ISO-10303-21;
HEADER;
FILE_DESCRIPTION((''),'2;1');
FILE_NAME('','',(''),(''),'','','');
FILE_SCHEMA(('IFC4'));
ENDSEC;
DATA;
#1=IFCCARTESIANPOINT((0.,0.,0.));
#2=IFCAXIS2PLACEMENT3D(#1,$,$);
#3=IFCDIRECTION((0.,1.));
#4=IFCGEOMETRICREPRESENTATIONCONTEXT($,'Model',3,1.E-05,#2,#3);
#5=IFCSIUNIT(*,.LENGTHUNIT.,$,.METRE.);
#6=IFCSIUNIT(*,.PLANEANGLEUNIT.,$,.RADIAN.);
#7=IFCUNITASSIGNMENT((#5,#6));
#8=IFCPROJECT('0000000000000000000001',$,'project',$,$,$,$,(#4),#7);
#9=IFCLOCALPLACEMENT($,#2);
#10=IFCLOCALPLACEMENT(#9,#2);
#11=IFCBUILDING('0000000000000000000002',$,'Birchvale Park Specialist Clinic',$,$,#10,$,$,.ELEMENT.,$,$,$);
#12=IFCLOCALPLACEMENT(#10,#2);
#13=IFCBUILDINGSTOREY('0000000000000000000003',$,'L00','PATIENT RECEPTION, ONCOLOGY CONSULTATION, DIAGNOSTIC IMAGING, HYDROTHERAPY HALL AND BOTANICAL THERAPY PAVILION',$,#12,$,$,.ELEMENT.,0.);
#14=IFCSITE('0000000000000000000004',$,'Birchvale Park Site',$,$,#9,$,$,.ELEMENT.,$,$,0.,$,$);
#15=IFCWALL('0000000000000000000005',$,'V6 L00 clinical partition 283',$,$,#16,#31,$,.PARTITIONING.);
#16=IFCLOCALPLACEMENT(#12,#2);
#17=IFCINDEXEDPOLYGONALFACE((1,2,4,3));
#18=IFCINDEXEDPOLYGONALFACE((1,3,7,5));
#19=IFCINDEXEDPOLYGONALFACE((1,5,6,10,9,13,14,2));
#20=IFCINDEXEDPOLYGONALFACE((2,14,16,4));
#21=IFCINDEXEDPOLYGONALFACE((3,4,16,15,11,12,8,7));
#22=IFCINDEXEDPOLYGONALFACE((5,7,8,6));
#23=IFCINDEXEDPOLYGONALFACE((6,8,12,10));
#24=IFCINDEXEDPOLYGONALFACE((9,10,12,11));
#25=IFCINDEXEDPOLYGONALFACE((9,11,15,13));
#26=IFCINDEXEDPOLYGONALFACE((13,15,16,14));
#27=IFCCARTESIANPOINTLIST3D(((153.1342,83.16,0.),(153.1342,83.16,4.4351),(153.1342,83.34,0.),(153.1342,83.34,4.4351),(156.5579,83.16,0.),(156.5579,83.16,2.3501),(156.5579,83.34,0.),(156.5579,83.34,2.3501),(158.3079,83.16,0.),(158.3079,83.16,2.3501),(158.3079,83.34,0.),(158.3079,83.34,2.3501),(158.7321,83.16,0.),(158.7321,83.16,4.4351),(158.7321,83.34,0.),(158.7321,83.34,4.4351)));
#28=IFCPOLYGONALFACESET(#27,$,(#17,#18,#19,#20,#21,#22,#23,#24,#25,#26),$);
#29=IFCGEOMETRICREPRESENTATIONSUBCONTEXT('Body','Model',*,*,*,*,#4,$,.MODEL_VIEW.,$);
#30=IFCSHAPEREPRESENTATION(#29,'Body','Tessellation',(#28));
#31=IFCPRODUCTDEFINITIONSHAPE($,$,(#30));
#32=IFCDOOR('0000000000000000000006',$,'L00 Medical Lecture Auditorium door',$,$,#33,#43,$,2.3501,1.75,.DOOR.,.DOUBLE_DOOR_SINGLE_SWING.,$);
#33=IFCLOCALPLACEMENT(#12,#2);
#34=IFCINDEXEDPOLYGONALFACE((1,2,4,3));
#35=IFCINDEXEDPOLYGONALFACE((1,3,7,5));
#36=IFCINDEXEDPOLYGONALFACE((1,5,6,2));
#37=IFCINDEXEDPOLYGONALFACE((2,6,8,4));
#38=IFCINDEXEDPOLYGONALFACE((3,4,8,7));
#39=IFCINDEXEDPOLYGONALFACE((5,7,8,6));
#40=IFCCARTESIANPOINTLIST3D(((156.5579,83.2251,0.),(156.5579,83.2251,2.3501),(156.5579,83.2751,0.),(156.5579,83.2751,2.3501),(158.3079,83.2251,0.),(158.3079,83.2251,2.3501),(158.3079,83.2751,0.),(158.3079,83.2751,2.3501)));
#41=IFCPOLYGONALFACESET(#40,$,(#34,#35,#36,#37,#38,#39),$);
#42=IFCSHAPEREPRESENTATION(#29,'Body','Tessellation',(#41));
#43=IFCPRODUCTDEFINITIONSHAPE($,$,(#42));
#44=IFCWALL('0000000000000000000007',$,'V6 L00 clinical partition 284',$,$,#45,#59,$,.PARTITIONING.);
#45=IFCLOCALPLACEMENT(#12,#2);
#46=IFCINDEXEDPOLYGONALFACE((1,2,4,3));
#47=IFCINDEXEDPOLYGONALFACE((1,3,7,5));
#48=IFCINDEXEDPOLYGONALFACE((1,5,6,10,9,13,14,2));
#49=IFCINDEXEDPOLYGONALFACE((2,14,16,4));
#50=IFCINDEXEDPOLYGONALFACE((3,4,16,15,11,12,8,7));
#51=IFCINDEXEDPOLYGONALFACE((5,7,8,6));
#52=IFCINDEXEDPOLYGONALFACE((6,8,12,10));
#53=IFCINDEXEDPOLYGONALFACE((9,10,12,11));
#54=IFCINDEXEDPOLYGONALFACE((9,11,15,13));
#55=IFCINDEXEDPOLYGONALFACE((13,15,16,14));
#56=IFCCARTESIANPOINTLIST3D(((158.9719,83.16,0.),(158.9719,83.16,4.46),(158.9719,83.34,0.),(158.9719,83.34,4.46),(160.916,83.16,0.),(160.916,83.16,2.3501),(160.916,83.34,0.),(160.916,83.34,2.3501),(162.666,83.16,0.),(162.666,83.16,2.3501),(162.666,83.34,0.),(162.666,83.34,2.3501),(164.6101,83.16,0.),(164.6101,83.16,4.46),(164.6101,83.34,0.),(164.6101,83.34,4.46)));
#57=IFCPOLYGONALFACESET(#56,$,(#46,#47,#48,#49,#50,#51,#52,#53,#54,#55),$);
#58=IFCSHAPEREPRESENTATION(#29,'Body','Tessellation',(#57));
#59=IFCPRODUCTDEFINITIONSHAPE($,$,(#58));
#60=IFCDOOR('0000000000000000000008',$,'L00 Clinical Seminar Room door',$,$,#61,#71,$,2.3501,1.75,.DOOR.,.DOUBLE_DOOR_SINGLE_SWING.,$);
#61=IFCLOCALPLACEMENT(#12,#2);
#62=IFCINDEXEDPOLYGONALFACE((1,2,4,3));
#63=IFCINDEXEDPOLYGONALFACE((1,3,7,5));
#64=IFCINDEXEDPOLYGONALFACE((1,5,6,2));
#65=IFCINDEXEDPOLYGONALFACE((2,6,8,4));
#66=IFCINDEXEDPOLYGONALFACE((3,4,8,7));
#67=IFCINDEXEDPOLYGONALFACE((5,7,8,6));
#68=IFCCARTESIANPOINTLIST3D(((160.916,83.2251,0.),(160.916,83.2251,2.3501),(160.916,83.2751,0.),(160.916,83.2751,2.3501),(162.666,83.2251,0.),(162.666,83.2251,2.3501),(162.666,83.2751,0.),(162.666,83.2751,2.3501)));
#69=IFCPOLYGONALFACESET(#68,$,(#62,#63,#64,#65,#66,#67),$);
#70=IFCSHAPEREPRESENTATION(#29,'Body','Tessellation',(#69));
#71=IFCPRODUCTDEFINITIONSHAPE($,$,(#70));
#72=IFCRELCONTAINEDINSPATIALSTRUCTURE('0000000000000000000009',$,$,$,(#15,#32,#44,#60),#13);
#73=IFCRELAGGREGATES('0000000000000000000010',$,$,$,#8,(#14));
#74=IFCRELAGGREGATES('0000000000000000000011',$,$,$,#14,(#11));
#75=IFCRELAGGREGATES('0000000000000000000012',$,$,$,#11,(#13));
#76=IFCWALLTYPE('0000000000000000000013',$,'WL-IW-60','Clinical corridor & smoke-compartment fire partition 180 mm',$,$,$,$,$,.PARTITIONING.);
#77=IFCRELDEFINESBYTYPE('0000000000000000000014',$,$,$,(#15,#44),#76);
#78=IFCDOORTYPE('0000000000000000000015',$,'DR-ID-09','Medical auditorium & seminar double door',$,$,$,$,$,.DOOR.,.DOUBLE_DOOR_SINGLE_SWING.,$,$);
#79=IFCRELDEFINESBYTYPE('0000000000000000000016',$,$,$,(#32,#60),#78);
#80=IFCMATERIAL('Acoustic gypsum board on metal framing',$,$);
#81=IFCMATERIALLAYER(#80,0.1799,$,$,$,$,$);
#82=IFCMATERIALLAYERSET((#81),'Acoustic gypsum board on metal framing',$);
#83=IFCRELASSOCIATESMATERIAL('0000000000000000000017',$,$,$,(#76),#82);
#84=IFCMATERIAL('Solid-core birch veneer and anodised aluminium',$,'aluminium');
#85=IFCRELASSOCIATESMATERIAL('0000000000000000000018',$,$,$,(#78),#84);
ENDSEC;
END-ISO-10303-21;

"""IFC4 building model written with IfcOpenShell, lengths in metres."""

from ifc_helpers import new_model, si_unit, direction, frame, frame_2d, origin, place, context, subcontext, project, spatial, rectangle, extrude, material, layer, layer_set, type_object, element, fill, save


model = new_model("IFC4")

# Units and contexts
model_context = context("Model", 3, precision=1e-05, world=origin(), true_north=direction((0.0, 1.0)))
body_context = subcontext(model_context, "Body", "Model", "MODEL_VIEW")
ifc_project = project(units=[si_unit("LENGTHUNIT", "METRE"), si_unit("PLANEANGLEUNIT", "RADIAN")], contexts=[model_context])

# Site, building, storey
site_placement = place(None, origin())
site = spatial("IfcSite", under=ifc_project, at=site_placement, Name="Birchvale Park Site", CompositionType="ELEMENT", RefElevation=0.0)
building_placement = place(site_placement, origin())
building = spatial("IfcBuilding", under=site, at=building_placement, Name="Birchvale Park Specialist Clinic", CompositionType="ELEMENT")
storey_placement = place(building_placement, origin())
storey = spatial("IfcBuildingStorey", under=building, at=storey_placement, Name="L00", Description="PATIENT RECEPTION, ONCOLOGY CONSULTATION, DIAGNOSTIC IMAGING, HYDROTHERAPY HALL AND BOTANICAL THERAPY PAVILION", CompositionType="ELEMENT", Elevation=0.0)

# Shared definitions
ifc_material_1 = material(Name="Acoustic gypsum board on metal framing")

# Walls, openings, doors
ifc_layer_1 = layer(ifc_material_1, 0.1799)
ifc_layer_set_1 = layer_set([ifc_layer_1], Name="Acoustic gypsum board on metal framing")
wall_type_1 = type_object("IfcWallType", Name="WL-IW-60", Description="Clinical corridor & smoke-compartment fire partition 180 mm", PredefinedType="PARTITIONING", material=ifc_layer_set_1)
ifc_material_2 = material(Name="Solid-core birch veneer and anodised aluminium", Category="aluminium")
wall_1_placement = place(storey_placement, frame((158.7319, 83.25, 0.0), z_axis=(0.0, 0.0, 1.0), x_axis=(-1.0, 0.0, 0.0)))
wall_1 = element("IfcWall", 1, at=wall_1_placement, inside=storey, type_object=wall_type_1, Name="V6 L00 clinical partition 283", PredefinedType="PARTITIONING", context=body_context, shape_type="SweptSolid", body=[
    extrude(rectangle(XDim=5.5979, YDim=0.1799, at=frame_2d((2.7988, 0.0))), origin(), (0.0, 0.0, 1.0), 4.4351),
])
opening_1_placement = place(wall_1_placement, frame((0.4241, 0.0, 0.0)))
opening_1 = element("IfcOpeningElement", 2, at=opening_1_placement, cuts=wall_1, PredefinedType="OPENING", context=body_context, shape_type="SweptSolid", body=[
    extrude(rectangle(XDim=1.75, YDim=2.3501, at=frame_2d((0.875, 1.175))), frame((0.0, 0.1001, 0.0), z_axis=(0.0, -1.0, 0.0), x_axis=(1.0, 0.0, 0.0)), (0.0, 0.0, 1.0), 0.2),
])
door_type_1 = type_object("IfcDoorType", Name="DR-ID-09", Description="Medical auditorium & seminar double door", OperationType="DOUBLE_DOOR_SINGLE_SWING", PredefinedType="DOOR", material=ifc_material_2)
door_1_placement = place(opening_1_placement, origin())
door_1 = element("IfcDoor", 3, at=door_1_placement, inside=storey, type_object=door_type_1, Name="L00 Medical Lecture Auditorium door", OperationType="DOUBLE_DOOR_SINGLE_SWING", OverallHeight=2.3501, OverallWidth=1.75, PredefinedType="DOOR", context=body_context, shape_type="SweptSolid", body=[
    extrude(rectangle(XDim=1.75, YDim=2.3501, at=frame_2d((0.875, 1.175))), frame((0.0, 0.0249, 0.0), z_axis=(0.0, -1.0, 0.0), x_axis=(1.0, 0.0, 0.0)), (0.0, 0.0, 1.0), 0.05),
])
fill(opening_1, door_1)
wall_2_placement = place(storey_placement, frame((164.6101, 83.25, 0.0), z_axis=(0.0, 0.0, 1.0), x_axis=(-1.0, 0.0, 0.0)))
wall_2 = element("IfcWall", 4, at=wall_2_placement, inside=storey, type_object=wall_type_1, Name="V6 L00 clinical partition 284", PredefinedType="PARTITIONING", context=body_context, shape_type="SweptSolid", body=[
    extrude(rectangle(XDim=5.6382, YDim=0.1799, at=frame_2d((2.8191, 0.0))), origin(), (0.0, 0.0, 1.0), 4.46),
])
opening_2_placement = place(wall_2_placement, frame((1.9441, 0.0, 0.0)))
opening_2 = element("IfcOpeningElement", 5, at=opening_2_placement, cuts=wall_2, PredefinedType="OPENING", context=body_context, shape_type="SweptSolid", body=[
    extrude(rectangle(XDim=1.75, YDim=2.3501, at=frame_2d((0.875, 1.175))), frame((0.0, 0.1001, 0.0), z_axis=(0.0, -1.0, 0.0), x_axis=(1.0, 0.0, 0.0)), (0.0, 0.0, 1.0), 0.2),
])
door_2_placement = place(opening_2_placement, origin())
door_2 = element("IfcDoor", 6, at=door_2_placement, inside=storey, type_object=door_type_1, Name="L00 Clinical Seminar Room door", OperationType="DOUBLE_DOOR_SINGLE_SWING", OverallHeight=2.3501, OverallWidth=1.75, PredefinedType="DOOR", context=body_context, shape_type="SweptSolid", body=[
    extrude(rectangle(XDim=1.75, YDim=2.3501, at=frame_2d((0.875, 1.175))), frame((0.0, 0.0249, 0.0), z_axis=(0.0, -1.0, 0.0), x_axis=(1.0, 0.0, 0.0)), (0.0, 0.0, 1.0), 0.05),
])
fill(opening_2, door_2)

save(model, "model.ifc")
